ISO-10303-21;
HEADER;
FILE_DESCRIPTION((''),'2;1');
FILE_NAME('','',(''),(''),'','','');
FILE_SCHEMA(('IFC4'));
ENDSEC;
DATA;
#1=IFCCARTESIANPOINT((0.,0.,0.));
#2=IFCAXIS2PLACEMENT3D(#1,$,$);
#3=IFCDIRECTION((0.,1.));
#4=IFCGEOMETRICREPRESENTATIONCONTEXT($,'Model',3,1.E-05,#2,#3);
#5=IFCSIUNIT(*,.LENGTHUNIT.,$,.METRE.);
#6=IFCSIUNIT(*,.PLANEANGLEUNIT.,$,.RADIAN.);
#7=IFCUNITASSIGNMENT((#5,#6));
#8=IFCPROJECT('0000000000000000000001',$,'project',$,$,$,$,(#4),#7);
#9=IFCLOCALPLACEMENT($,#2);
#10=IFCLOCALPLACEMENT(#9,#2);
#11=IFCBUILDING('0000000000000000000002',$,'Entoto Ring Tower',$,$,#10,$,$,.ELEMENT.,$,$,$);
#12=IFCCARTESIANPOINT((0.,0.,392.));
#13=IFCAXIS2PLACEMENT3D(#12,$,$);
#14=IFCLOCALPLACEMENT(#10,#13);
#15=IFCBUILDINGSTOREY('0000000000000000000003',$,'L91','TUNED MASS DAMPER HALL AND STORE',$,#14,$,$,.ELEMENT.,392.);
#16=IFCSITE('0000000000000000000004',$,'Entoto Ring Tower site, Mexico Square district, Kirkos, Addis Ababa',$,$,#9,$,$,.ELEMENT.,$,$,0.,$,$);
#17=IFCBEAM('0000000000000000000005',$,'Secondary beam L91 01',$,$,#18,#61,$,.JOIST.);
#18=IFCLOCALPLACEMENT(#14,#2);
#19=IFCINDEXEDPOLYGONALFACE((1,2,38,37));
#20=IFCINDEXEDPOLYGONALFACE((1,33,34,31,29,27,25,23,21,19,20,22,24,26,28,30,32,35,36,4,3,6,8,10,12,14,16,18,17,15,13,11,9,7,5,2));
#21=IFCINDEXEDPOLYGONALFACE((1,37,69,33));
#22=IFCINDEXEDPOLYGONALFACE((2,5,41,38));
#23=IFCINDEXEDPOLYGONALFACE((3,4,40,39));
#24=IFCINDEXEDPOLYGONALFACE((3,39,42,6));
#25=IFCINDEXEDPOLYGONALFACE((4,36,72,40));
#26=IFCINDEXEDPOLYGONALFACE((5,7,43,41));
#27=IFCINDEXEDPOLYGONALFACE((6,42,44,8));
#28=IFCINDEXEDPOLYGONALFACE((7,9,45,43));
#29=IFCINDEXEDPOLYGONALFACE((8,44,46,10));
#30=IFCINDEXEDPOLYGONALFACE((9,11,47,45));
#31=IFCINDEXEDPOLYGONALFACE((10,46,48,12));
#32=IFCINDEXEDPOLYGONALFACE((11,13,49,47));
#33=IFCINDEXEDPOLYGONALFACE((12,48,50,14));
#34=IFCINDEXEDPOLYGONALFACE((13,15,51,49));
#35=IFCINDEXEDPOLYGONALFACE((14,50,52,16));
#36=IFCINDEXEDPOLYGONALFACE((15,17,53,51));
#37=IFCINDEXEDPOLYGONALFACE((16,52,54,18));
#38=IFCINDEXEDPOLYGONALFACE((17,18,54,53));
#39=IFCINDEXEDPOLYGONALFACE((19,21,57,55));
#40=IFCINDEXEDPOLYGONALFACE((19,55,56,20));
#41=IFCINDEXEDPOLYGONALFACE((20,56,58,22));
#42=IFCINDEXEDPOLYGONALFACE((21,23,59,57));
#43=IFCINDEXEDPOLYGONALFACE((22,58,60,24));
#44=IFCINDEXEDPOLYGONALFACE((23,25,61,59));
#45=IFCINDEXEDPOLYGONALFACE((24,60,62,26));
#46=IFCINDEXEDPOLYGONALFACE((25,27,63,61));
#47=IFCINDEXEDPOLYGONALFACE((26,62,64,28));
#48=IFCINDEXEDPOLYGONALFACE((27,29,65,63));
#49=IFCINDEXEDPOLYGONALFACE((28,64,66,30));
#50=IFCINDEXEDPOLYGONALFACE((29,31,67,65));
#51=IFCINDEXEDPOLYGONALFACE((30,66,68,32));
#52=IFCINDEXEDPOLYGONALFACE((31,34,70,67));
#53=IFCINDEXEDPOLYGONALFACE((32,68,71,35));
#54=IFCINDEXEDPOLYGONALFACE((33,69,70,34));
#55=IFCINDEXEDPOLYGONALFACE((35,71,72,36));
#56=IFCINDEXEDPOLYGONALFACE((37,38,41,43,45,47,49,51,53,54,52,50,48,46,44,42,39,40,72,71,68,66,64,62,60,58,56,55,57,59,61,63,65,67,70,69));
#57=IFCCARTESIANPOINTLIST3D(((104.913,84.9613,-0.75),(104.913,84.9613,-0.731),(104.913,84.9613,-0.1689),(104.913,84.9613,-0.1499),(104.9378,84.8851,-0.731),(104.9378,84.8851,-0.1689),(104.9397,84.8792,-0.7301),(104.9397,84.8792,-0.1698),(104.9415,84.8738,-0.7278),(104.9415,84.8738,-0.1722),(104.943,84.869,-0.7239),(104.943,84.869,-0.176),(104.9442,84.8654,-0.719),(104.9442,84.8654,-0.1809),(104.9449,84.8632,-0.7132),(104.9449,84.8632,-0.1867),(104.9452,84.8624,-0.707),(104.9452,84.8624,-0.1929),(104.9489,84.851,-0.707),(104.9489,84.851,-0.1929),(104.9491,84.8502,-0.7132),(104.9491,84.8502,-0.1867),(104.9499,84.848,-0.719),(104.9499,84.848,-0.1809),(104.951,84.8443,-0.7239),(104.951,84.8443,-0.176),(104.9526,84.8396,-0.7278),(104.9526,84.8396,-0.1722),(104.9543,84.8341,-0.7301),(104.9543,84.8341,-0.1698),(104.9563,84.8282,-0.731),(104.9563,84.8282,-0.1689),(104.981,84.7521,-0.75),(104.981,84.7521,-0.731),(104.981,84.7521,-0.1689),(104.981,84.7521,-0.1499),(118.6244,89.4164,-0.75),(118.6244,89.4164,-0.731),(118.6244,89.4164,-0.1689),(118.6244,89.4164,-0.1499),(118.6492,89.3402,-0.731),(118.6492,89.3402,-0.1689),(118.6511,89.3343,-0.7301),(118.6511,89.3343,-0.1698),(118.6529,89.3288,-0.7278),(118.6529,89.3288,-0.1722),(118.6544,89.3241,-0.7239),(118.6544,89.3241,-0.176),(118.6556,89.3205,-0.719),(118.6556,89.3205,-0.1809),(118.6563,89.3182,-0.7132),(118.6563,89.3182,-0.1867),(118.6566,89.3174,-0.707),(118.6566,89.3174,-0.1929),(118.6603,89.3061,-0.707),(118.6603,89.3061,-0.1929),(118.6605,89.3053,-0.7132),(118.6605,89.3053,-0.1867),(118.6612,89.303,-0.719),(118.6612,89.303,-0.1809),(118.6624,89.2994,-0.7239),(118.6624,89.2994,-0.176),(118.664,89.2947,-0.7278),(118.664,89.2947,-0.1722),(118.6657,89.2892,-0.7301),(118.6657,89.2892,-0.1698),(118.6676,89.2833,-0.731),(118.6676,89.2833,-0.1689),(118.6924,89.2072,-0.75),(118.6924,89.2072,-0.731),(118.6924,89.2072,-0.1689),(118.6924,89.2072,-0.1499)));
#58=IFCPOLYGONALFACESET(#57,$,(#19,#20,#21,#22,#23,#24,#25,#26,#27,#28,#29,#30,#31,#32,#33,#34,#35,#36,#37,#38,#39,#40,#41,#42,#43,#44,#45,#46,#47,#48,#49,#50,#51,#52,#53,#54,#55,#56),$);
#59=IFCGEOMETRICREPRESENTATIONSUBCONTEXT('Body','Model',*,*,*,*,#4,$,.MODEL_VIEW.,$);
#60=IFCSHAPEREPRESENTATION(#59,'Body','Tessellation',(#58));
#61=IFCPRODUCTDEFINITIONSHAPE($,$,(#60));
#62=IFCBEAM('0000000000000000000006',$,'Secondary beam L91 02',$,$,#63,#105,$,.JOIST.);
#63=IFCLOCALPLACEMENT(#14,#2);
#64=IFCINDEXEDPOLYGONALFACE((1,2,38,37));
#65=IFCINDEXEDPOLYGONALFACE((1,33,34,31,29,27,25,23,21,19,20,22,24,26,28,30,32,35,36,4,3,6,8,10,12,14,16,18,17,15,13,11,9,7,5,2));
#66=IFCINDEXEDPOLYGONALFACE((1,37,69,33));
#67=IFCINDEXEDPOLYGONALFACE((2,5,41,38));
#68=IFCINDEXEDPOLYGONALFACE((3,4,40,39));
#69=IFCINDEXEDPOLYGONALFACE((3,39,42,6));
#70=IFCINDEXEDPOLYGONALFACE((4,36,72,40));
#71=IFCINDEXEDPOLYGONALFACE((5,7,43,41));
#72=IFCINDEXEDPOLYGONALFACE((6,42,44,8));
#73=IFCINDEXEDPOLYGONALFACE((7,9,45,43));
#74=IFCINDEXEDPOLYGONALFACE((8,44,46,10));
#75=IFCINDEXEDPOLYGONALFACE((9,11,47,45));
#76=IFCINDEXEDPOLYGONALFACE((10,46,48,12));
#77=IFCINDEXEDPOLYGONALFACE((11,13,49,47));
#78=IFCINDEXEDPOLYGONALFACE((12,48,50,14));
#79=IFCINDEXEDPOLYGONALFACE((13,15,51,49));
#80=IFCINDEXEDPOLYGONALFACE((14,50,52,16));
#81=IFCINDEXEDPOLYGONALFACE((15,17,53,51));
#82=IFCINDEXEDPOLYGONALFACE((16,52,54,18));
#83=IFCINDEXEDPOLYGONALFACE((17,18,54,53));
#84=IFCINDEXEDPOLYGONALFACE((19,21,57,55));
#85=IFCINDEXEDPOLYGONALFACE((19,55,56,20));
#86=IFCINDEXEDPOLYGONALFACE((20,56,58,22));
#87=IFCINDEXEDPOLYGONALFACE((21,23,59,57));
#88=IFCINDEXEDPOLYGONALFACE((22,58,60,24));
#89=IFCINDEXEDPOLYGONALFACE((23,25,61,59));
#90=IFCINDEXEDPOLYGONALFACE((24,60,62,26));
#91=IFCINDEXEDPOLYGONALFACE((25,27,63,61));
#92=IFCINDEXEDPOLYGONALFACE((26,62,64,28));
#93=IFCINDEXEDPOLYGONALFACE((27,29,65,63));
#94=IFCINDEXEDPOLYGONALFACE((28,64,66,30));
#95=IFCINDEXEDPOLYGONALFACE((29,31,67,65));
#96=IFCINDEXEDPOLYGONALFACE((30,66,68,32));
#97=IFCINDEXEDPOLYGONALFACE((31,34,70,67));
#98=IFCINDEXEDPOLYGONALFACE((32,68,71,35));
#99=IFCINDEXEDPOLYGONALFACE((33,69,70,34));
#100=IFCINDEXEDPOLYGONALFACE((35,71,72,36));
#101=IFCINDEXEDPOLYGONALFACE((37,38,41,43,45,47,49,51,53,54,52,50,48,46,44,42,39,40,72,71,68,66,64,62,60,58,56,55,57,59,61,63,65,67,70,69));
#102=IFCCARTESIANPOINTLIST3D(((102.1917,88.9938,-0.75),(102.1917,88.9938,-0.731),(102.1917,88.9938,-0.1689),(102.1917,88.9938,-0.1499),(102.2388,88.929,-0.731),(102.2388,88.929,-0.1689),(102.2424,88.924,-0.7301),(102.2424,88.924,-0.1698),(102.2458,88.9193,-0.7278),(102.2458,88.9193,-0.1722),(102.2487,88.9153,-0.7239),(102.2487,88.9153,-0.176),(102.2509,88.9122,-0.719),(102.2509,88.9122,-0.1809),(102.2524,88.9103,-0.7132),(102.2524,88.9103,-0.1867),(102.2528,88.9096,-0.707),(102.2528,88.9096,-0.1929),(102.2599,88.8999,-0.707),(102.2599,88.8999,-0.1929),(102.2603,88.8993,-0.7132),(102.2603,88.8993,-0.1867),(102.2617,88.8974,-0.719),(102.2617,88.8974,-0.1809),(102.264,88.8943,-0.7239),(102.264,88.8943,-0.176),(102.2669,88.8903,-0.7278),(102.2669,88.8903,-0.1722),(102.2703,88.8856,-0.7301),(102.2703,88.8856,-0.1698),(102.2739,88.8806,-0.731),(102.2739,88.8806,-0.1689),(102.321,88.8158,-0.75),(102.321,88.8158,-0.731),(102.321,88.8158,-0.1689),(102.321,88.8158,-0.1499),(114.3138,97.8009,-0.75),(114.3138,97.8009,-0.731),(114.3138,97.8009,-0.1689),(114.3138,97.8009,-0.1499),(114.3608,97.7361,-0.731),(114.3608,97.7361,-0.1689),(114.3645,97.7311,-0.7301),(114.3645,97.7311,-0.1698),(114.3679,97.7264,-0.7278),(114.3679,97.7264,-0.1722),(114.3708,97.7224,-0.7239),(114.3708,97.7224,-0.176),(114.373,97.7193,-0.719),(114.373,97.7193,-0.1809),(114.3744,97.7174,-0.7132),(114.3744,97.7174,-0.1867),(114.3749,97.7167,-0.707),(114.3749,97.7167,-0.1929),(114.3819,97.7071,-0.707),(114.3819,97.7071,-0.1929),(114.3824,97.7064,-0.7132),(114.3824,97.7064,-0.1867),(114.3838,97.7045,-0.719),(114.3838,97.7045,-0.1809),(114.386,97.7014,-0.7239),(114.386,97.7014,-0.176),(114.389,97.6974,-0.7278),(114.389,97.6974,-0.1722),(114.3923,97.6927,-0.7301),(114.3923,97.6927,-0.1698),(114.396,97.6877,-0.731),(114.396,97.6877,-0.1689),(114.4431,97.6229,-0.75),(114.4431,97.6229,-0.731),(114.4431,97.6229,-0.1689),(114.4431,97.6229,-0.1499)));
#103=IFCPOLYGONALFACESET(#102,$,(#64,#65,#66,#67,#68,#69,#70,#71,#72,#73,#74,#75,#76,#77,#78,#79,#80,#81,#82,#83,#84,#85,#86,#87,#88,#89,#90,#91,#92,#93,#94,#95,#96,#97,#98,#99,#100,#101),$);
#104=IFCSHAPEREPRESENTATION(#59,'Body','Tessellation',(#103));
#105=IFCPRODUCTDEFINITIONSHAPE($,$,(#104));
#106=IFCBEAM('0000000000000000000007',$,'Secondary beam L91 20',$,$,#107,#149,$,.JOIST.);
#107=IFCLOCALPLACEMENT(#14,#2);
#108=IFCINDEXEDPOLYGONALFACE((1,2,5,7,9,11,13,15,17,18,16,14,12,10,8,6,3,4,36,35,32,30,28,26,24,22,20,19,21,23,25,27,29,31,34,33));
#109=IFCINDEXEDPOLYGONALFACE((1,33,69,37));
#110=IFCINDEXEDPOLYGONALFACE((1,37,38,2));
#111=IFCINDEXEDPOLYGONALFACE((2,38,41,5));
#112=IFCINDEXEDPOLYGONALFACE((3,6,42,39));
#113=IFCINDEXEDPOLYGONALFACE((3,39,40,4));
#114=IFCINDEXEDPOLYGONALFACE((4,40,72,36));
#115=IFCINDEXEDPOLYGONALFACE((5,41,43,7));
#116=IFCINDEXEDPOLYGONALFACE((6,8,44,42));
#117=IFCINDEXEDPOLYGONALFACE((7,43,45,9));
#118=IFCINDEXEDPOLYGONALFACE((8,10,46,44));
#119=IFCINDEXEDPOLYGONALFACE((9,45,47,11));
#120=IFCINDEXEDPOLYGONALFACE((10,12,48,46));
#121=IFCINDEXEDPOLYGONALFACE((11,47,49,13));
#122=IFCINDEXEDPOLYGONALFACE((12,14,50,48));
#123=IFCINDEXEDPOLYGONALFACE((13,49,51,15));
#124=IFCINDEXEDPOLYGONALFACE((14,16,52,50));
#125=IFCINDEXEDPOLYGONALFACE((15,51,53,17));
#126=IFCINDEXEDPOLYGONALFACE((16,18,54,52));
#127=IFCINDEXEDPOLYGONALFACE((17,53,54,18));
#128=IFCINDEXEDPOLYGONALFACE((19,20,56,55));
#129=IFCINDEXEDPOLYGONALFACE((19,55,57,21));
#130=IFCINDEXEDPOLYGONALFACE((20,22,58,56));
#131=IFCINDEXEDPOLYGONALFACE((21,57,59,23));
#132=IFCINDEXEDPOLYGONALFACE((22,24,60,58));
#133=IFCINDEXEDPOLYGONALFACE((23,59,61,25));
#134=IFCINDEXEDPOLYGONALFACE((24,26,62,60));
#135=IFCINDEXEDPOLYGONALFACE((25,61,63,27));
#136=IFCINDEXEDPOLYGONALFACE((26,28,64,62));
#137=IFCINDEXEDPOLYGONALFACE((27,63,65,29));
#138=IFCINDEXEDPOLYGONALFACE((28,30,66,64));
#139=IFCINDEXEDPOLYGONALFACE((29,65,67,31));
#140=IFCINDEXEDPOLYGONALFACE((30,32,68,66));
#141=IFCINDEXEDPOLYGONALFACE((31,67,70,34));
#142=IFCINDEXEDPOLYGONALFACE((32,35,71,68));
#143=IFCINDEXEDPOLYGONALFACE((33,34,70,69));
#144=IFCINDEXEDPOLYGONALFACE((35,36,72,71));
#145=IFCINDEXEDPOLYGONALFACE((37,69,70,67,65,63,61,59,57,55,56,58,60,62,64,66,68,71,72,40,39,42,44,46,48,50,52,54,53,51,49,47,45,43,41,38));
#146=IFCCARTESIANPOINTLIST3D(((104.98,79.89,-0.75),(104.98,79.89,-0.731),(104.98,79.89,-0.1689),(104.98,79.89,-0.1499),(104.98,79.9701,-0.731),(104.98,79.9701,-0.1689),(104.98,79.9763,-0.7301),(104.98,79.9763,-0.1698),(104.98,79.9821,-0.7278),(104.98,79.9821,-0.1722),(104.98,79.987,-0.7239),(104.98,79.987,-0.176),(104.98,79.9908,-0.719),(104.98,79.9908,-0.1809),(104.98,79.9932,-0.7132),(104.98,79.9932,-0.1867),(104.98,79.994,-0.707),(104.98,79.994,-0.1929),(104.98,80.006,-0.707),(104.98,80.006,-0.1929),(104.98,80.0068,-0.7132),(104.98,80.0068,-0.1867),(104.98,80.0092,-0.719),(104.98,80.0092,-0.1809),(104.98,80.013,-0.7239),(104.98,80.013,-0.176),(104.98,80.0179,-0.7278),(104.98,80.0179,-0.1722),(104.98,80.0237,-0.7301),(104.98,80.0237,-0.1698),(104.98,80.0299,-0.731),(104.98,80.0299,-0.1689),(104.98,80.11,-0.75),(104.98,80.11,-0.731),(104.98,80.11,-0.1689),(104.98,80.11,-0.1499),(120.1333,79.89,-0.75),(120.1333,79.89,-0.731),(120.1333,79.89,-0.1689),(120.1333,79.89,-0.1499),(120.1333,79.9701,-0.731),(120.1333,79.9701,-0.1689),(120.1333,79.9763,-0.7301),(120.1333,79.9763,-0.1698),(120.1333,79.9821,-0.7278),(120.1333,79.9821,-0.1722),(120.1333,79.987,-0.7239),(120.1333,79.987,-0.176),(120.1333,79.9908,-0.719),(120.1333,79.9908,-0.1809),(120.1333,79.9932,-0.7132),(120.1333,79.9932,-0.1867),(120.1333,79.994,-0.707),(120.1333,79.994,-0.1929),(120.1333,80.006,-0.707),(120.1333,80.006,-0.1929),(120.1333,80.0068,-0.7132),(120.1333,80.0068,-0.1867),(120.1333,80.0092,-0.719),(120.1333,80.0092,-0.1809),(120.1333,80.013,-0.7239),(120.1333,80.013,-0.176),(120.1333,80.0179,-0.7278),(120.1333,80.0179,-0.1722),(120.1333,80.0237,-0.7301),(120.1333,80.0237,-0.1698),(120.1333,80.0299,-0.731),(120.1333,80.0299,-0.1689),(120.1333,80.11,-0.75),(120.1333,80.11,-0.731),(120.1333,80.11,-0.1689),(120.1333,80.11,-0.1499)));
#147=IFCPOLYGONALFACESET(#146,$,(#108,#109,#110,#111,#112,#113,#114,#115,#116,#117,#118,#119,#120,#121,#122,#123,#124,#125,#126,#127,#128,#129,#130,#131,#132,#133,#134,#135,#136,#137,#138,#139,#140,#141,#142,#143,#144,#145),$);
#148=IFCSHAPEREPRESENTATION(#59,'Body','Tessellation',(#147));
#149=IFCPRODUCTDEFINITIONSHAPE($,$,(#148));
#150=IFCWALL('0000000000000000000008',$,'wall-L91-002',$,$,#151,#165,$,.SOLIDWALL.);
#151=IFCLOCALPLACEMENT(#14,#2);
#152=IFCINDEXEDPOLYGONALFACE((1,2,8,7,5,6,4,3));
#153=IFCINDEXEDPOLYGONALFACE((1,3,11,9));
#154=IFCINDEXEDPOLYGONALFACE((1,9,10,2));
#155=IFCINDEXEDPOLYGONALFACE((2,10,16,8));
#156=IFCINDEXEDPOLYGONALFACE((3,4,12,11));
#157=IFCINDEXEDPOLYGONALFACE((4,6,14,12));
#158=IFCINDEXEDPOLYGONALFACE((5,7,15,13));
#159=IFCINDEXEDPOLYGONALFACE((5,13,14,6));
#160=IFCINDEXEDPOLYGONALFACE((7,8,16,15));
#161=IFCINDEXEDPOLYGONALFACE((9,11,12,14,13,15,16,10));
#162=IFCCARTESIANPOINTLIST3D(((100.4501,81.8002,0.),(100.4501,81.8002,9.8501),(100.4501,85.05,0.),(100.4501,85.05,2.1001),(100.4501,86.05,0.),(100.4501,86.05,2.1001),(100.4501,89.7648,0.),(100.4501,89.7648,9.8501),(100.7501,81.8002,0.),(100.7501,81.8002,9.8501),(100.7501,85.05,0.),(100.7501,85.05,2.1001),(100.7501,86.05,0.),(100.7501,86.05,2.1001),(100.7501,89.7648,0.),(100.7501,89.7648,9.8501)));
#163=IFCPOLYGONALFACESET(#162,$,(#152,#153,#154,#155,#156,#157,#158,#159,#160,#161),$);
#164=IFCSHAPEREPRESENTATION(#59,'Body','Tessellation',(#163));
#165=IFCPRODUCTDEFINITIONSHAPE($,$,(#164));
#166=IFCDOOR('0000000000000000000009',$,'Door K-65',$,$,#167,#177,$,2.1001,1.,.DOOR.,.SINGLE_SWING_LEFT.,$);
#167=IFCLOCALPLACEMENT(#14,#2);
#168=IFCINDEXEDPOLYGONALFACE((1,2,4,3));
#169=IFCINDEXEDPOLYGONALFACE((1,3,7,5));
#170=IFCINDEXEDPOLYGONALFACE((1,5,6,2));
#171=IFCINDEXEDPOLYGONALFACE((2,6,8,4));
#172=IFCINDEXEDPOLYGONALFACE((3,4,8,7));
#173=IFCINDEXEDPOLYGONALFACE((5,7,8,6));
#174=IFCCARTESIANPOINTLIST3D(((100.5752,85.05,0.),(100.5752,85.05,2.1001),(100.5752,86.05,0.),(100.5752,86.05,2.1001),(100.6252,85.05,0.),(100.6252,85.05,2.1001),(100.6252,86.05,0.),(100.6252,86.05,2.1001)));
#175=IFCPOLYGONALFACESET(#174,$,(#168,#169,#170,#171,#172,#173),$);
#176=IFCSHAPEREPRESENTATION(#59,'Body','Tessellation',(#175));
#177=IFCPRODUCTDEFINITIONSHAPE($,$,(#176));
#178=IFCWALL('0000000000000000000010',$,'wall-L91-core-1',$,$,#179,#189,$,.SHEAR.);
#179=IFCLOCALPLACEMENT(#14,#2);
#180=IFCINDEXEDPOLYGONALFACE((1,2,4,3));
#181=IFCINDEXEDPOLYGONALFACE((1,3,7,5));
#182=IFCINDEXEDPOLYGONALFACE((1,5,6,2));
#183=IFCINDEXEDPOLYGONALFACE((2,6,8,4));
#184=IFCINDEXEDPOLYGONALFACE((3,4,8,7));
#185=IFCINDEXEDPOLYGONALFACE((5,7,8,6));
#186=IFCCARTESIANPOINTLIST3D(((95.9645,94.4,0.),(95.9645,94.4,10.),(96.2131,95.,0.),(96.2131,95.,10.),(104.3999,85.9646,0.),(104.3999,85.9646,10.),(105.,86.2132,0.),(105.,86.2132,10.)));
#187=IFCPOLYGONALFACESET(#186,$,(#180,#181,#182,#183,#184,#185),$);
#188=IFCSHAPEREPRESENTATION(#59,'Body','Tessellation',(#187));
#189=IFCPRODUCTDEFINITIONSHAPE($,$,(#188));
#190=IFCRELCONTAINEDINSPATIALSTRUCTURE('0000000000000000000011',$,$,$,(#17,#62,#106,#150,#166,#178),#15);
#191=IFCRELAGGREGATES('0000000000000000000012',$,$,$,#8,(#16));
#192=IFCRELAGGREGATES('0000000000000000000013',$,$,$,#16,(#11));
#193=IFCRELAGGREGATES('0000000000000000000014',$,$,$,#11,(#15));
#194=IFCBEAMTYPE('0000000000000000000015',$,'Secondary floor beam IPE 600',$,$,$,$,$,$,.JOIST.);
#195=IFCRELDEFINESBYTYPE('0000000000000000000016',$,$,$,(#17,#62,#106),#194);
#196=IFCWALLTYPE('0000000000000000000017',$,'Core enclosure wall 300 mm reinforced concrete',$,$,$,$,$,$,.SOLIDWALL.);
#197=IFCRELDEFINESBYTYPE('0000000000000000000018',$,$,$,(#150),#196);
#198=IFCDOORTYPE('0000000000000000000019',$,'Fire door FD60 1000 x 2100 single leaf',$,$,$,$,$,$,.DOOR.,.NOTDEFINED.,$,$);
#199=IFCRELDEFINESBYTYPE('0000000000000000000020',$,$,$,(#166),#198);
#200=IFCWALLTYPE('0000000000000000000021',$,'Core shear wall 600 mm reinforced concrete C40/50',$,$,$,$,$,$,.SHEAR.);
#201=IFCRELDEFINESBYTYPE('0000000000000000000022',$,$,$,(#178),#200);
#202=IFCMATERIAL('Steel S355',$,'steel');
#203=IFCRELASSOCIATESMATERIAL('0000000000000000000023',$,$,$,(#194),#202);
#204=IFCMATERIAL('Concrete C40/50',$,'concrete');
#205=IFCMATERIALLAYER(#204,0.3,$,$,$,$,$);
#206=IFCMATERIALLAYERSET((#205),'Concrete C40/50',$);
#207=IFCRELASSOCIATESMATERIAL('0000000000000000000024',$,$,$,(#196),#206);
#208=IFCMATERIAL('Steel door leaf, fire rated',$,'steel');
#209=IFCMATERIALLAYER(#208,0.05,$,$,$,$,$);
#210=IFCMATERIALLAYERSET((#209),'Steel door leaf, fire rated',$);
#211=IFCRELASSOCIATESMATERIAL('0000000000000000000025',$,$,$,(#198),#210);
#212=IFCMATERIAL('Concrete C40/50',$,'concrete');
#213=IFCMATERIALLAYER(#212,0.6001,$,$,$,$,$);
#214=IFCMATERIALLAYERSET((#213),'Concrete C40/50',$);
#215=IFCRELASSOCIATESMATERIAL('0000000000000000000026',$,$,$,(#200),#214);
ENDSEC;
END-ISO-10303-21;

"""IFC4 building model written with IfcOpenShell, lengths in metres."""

from ifc_helpers import new_model, si_unit, direction, frame, frame_2d, origin, origin_2d, place, context, subcontext, project, spatial, polyline, rectangle, i_section, outline, extrude, material, layer, layer_set, material_profile, profile_set, type_object, element, fill, save


model = new_model("IFC4")

# Units and contexts
model_context = context("Model", 3, precision=1e-05, world=origin(), true_north=direction((0.0, 1.0)))
body_context = subcontext(model_context, "Body", "Model", "MODEL_VIEW")
ifc_project = project(units=[si_unit("LENGTHUNIT", "METRE"), si_unit("PLANEANGLEUNIT", "RADIAN")], contexts=[model_context])

# Site, building, storey
site_placement = place(None, origin())
site = spatial("IfcSite", under=ifc_project, at=site_placement, Name="Entoto Ring Tower site, Mexico Square district, Kirkos, Addis Ababa", CompositionType="ELEMENT", RefElevation=0.0)
building_placement = place(site_placement, origin())
building = spatial("IfcBuilding", under=site, at=building_placement, Name="Entoto Ring Tower", CompositionType="ELEMENT")
storey_placement = place(building_placement, frame((0.0, 0.0, 392.0)))
storey = spatial("IfcBuildingStorey", under=building, at=storey_placement, Name="L91", Description="TUNED MASS DAMPER HALL AND STORE", CompositionType="ELEMENT", Elevation=392.0)

# Beams
ifc_material_1 = material(Name="Steel S355", Category="steel")
ifc_material_profile_1 = material_profile(ifc_material_1, i_section(OverallWidth=0.22, OverallDepth=0.6001, WebThickness=0.012, FlangeThickness=0.019, FilletRadius=0.0239, at=origin_2d()), Name="IPE 600")
ifc_profile_set_1 = profile_set([ifc_material_profile_1], Name="Steel S355")
beam_type_1 = type_object("IfcBeamType", Name="Secondary floor beam IPE 600", PredefinedType="JOIST", material=ifc_profile_set_1)
beam_1_placement = place(storey_placement, frame((104.947, 84.8567, -0.45), z_axis=(0.951057, 0.309015, 0.0), x_axis=(-0.309015, 0.951057, 0.0)))
element("IfcBeam", 1, at=beam_1_placement, inside=storey, type_object=beam_type_1, Name="Secondary beam L91 01", PredefinedType="JOIST", context=body_context, shape_type="SweptSolid", body=[
    extrude(i_section(OverallWidth=0.22, OverallDepth=0.6001, WebThickness=0.012, FlangeThickness=0.019, FilletRadius=0.0239, at=origin_2d()), origin(), (0.0, 0.0, 1.0), 14.417),
])
beam_2_placement = place(storey_placement, frame((102.2563, 88.9048, -0.45), z_axis=(0.809019, 0.587782, 0.0), x_axis=(-0.587782, 0.809019, 0.0)))
element("IfcBeam", 2, at=beam_2_placement, inside=storey, type_object=beam_type_1, Name="Secondary beam L91 02", PredefinedType="JOIST", context=body_context, shape_type="SweptSolid", body=[
    extrude(i_section(OverallWidth=0.22, OverallDepth=0.6001, WebThickness=0.012, FlangeThickness=0.019, FilletRadius=0.0239, at=origin_2d()), origin(), (0.0, 0.0, 1.0), 14.9836),
])
beam_3_placement = place(storey_placement, frame((104.98, 80.0, -0.45), z_axis=(1.0, 0.0, 0.0), x_axis=(0.0, 1.0, 0.0)))
element("IfcBeam", 3, at=beam_3_placement, inside=storey, type_object=beam_type_1, Name="Secondary beam L91 20", PredefinedType="JOIST", context=body_context, shape_type="SweptSolid", body=[
    extrude(i_section(OverallWidth=0.22, OverallDepth=0.6001, WebThickness=0.012, FlangeThickness=0.019, FilletRadius=0.0239, at=origin_2d()), origin(), (0.0, 0.0, 1.0), 15.1533),
])

# Wall, opening, door
ifc_material_2 = material(Name="Concrete C40/50", Category="concrete")
ifc_layer_1 = layer(ifc_material_2, 0.3)
ifc_layer_set_1 = layer_set([ifc_layer_1], Name="Concrete C40/50")
wall_type_1 = type_object("IfcWallType", Name="Core enclosure wall 300 mm reinforced concrete", PredefinedType="SOLIDWALL", material=ifc_layer_set_1)
wall_1_placement = place(storey_placement, frame((100.6001, 81.8, 0.0), z_axis=(0.0, 0.0, 1.0), x_axis=(0.0, 1.0, 0.0)))
wall_1 = element("IfcWall", 4, at=wall_1_placement, inside=storey, type_object=wall_type_1, Name="wall-L91-002", PredefinedType="SOLIDWALL", context=body_context, shape_type="SweptSolid", body=[
    extrude(rectangle(XDim=7.9646, YDim=0.3, at=frame_2d((3.9824, 0.0))), origin(), (0.0, 0.0, 1.0), 9.8501),
])
opening_1_placement = place(wall_1_placement, frame((3.25, 0.0, 0.0)))
opening_1 = element("IfcOpeningElement", 5, at=opening_1_placement, cuts=wall_1, PredefinedType="OPENING", context=body_context, shape_type="SweptSolid", body=[
    extrude(rectangle(XDim=1.0, YDim=2.1001, at=frame_2d((0.5, 1.05))), frame((0.0, 0.1602, 0.0), z_axis=(0.0, -1.0, 0.0), x_axis=(1.0, 0.0, 0.0)), (0.0, 0.0, 1.0), 0.3201),
])
ifc_material_3 = material(Name="Steel door leaf, fire rated", Category="steel")
ifc_layer_2 = layer(ifc_material_3, 0.05)
ifc_layer_set_2 = layer_set([ifc_layer_2], Name="Steel door leaf, fire rated")
door_type_1 = type_object("IfcDoorType", Name="Fire door FD60 1000 x 2100 single leaf", OperationType="NOTDEFINED", PredefinedType="DOOR", material=ifc_layer_set_2)
door_1_placement = place(opening_1_placement, origin())
door_1 = element("IfcDoor", 6, at=door_1_placement, inside=storey, type_object=door_type_1, Name="Door K-65", OperationType="SINGLE_SWING_LEFT", OverallHeight=2.1001, OverallWidth=1.0, PredefinedType="DOOR", context=body_context, shape_type="SweptSolid", body=[
    extrude(rectangle(XDim=1.0, YDim=2.1001, at=frame_2d((0.5, 1.05))), frame((0.0, 0.0249, 0.0), z_axis=(0.0, -1.0, 0.0), x_axis=(1.0, 0.0, 0.0)), (0.0, 0.0, 1.0), 0.05),
])
fill(opening_1, door_1)

# Wall
ifc_material_4 = material(Name="Concrete C40/50", Category="concrete")
ifc_layer_3 = layer(ifc_material_4, 0.6001)
ifc_layer_set_3 = layer_set([ifc_layer_3], Name="Concrete C40/50")
wall_type_2 = type_object("IfcWallType", Name="Core shear wall 600 mm reinforced concrete C40/50", PredefinedType="SHEAR", material=ifc_layer_set_3)
wall_2_placement = place(storey_placement, frame((104.7, 86.0889, 0.0), z_axis=(0.0, 0.0, 1.0), x_axis=(-0.707107, 0.707107, 0.0)))
element("IfcWall", 7, at=wall_2_placement, inside=storey, type_object=wall_type_2, Name="wall-L91-core-1", PredefinedType="SHEAR", context=body_context, shape_type="SweptSolid", body=[
    extrude(outline(polyline([(-0.1243, -0.3), (12.3022, -0.3), (12.0537, 0.3), (0.1243, 0.3), (-0.1243, -0.3)])), origin(), (0.0, 0.0, 1.0), 10.0),
])

save(model, "model.ifc")
